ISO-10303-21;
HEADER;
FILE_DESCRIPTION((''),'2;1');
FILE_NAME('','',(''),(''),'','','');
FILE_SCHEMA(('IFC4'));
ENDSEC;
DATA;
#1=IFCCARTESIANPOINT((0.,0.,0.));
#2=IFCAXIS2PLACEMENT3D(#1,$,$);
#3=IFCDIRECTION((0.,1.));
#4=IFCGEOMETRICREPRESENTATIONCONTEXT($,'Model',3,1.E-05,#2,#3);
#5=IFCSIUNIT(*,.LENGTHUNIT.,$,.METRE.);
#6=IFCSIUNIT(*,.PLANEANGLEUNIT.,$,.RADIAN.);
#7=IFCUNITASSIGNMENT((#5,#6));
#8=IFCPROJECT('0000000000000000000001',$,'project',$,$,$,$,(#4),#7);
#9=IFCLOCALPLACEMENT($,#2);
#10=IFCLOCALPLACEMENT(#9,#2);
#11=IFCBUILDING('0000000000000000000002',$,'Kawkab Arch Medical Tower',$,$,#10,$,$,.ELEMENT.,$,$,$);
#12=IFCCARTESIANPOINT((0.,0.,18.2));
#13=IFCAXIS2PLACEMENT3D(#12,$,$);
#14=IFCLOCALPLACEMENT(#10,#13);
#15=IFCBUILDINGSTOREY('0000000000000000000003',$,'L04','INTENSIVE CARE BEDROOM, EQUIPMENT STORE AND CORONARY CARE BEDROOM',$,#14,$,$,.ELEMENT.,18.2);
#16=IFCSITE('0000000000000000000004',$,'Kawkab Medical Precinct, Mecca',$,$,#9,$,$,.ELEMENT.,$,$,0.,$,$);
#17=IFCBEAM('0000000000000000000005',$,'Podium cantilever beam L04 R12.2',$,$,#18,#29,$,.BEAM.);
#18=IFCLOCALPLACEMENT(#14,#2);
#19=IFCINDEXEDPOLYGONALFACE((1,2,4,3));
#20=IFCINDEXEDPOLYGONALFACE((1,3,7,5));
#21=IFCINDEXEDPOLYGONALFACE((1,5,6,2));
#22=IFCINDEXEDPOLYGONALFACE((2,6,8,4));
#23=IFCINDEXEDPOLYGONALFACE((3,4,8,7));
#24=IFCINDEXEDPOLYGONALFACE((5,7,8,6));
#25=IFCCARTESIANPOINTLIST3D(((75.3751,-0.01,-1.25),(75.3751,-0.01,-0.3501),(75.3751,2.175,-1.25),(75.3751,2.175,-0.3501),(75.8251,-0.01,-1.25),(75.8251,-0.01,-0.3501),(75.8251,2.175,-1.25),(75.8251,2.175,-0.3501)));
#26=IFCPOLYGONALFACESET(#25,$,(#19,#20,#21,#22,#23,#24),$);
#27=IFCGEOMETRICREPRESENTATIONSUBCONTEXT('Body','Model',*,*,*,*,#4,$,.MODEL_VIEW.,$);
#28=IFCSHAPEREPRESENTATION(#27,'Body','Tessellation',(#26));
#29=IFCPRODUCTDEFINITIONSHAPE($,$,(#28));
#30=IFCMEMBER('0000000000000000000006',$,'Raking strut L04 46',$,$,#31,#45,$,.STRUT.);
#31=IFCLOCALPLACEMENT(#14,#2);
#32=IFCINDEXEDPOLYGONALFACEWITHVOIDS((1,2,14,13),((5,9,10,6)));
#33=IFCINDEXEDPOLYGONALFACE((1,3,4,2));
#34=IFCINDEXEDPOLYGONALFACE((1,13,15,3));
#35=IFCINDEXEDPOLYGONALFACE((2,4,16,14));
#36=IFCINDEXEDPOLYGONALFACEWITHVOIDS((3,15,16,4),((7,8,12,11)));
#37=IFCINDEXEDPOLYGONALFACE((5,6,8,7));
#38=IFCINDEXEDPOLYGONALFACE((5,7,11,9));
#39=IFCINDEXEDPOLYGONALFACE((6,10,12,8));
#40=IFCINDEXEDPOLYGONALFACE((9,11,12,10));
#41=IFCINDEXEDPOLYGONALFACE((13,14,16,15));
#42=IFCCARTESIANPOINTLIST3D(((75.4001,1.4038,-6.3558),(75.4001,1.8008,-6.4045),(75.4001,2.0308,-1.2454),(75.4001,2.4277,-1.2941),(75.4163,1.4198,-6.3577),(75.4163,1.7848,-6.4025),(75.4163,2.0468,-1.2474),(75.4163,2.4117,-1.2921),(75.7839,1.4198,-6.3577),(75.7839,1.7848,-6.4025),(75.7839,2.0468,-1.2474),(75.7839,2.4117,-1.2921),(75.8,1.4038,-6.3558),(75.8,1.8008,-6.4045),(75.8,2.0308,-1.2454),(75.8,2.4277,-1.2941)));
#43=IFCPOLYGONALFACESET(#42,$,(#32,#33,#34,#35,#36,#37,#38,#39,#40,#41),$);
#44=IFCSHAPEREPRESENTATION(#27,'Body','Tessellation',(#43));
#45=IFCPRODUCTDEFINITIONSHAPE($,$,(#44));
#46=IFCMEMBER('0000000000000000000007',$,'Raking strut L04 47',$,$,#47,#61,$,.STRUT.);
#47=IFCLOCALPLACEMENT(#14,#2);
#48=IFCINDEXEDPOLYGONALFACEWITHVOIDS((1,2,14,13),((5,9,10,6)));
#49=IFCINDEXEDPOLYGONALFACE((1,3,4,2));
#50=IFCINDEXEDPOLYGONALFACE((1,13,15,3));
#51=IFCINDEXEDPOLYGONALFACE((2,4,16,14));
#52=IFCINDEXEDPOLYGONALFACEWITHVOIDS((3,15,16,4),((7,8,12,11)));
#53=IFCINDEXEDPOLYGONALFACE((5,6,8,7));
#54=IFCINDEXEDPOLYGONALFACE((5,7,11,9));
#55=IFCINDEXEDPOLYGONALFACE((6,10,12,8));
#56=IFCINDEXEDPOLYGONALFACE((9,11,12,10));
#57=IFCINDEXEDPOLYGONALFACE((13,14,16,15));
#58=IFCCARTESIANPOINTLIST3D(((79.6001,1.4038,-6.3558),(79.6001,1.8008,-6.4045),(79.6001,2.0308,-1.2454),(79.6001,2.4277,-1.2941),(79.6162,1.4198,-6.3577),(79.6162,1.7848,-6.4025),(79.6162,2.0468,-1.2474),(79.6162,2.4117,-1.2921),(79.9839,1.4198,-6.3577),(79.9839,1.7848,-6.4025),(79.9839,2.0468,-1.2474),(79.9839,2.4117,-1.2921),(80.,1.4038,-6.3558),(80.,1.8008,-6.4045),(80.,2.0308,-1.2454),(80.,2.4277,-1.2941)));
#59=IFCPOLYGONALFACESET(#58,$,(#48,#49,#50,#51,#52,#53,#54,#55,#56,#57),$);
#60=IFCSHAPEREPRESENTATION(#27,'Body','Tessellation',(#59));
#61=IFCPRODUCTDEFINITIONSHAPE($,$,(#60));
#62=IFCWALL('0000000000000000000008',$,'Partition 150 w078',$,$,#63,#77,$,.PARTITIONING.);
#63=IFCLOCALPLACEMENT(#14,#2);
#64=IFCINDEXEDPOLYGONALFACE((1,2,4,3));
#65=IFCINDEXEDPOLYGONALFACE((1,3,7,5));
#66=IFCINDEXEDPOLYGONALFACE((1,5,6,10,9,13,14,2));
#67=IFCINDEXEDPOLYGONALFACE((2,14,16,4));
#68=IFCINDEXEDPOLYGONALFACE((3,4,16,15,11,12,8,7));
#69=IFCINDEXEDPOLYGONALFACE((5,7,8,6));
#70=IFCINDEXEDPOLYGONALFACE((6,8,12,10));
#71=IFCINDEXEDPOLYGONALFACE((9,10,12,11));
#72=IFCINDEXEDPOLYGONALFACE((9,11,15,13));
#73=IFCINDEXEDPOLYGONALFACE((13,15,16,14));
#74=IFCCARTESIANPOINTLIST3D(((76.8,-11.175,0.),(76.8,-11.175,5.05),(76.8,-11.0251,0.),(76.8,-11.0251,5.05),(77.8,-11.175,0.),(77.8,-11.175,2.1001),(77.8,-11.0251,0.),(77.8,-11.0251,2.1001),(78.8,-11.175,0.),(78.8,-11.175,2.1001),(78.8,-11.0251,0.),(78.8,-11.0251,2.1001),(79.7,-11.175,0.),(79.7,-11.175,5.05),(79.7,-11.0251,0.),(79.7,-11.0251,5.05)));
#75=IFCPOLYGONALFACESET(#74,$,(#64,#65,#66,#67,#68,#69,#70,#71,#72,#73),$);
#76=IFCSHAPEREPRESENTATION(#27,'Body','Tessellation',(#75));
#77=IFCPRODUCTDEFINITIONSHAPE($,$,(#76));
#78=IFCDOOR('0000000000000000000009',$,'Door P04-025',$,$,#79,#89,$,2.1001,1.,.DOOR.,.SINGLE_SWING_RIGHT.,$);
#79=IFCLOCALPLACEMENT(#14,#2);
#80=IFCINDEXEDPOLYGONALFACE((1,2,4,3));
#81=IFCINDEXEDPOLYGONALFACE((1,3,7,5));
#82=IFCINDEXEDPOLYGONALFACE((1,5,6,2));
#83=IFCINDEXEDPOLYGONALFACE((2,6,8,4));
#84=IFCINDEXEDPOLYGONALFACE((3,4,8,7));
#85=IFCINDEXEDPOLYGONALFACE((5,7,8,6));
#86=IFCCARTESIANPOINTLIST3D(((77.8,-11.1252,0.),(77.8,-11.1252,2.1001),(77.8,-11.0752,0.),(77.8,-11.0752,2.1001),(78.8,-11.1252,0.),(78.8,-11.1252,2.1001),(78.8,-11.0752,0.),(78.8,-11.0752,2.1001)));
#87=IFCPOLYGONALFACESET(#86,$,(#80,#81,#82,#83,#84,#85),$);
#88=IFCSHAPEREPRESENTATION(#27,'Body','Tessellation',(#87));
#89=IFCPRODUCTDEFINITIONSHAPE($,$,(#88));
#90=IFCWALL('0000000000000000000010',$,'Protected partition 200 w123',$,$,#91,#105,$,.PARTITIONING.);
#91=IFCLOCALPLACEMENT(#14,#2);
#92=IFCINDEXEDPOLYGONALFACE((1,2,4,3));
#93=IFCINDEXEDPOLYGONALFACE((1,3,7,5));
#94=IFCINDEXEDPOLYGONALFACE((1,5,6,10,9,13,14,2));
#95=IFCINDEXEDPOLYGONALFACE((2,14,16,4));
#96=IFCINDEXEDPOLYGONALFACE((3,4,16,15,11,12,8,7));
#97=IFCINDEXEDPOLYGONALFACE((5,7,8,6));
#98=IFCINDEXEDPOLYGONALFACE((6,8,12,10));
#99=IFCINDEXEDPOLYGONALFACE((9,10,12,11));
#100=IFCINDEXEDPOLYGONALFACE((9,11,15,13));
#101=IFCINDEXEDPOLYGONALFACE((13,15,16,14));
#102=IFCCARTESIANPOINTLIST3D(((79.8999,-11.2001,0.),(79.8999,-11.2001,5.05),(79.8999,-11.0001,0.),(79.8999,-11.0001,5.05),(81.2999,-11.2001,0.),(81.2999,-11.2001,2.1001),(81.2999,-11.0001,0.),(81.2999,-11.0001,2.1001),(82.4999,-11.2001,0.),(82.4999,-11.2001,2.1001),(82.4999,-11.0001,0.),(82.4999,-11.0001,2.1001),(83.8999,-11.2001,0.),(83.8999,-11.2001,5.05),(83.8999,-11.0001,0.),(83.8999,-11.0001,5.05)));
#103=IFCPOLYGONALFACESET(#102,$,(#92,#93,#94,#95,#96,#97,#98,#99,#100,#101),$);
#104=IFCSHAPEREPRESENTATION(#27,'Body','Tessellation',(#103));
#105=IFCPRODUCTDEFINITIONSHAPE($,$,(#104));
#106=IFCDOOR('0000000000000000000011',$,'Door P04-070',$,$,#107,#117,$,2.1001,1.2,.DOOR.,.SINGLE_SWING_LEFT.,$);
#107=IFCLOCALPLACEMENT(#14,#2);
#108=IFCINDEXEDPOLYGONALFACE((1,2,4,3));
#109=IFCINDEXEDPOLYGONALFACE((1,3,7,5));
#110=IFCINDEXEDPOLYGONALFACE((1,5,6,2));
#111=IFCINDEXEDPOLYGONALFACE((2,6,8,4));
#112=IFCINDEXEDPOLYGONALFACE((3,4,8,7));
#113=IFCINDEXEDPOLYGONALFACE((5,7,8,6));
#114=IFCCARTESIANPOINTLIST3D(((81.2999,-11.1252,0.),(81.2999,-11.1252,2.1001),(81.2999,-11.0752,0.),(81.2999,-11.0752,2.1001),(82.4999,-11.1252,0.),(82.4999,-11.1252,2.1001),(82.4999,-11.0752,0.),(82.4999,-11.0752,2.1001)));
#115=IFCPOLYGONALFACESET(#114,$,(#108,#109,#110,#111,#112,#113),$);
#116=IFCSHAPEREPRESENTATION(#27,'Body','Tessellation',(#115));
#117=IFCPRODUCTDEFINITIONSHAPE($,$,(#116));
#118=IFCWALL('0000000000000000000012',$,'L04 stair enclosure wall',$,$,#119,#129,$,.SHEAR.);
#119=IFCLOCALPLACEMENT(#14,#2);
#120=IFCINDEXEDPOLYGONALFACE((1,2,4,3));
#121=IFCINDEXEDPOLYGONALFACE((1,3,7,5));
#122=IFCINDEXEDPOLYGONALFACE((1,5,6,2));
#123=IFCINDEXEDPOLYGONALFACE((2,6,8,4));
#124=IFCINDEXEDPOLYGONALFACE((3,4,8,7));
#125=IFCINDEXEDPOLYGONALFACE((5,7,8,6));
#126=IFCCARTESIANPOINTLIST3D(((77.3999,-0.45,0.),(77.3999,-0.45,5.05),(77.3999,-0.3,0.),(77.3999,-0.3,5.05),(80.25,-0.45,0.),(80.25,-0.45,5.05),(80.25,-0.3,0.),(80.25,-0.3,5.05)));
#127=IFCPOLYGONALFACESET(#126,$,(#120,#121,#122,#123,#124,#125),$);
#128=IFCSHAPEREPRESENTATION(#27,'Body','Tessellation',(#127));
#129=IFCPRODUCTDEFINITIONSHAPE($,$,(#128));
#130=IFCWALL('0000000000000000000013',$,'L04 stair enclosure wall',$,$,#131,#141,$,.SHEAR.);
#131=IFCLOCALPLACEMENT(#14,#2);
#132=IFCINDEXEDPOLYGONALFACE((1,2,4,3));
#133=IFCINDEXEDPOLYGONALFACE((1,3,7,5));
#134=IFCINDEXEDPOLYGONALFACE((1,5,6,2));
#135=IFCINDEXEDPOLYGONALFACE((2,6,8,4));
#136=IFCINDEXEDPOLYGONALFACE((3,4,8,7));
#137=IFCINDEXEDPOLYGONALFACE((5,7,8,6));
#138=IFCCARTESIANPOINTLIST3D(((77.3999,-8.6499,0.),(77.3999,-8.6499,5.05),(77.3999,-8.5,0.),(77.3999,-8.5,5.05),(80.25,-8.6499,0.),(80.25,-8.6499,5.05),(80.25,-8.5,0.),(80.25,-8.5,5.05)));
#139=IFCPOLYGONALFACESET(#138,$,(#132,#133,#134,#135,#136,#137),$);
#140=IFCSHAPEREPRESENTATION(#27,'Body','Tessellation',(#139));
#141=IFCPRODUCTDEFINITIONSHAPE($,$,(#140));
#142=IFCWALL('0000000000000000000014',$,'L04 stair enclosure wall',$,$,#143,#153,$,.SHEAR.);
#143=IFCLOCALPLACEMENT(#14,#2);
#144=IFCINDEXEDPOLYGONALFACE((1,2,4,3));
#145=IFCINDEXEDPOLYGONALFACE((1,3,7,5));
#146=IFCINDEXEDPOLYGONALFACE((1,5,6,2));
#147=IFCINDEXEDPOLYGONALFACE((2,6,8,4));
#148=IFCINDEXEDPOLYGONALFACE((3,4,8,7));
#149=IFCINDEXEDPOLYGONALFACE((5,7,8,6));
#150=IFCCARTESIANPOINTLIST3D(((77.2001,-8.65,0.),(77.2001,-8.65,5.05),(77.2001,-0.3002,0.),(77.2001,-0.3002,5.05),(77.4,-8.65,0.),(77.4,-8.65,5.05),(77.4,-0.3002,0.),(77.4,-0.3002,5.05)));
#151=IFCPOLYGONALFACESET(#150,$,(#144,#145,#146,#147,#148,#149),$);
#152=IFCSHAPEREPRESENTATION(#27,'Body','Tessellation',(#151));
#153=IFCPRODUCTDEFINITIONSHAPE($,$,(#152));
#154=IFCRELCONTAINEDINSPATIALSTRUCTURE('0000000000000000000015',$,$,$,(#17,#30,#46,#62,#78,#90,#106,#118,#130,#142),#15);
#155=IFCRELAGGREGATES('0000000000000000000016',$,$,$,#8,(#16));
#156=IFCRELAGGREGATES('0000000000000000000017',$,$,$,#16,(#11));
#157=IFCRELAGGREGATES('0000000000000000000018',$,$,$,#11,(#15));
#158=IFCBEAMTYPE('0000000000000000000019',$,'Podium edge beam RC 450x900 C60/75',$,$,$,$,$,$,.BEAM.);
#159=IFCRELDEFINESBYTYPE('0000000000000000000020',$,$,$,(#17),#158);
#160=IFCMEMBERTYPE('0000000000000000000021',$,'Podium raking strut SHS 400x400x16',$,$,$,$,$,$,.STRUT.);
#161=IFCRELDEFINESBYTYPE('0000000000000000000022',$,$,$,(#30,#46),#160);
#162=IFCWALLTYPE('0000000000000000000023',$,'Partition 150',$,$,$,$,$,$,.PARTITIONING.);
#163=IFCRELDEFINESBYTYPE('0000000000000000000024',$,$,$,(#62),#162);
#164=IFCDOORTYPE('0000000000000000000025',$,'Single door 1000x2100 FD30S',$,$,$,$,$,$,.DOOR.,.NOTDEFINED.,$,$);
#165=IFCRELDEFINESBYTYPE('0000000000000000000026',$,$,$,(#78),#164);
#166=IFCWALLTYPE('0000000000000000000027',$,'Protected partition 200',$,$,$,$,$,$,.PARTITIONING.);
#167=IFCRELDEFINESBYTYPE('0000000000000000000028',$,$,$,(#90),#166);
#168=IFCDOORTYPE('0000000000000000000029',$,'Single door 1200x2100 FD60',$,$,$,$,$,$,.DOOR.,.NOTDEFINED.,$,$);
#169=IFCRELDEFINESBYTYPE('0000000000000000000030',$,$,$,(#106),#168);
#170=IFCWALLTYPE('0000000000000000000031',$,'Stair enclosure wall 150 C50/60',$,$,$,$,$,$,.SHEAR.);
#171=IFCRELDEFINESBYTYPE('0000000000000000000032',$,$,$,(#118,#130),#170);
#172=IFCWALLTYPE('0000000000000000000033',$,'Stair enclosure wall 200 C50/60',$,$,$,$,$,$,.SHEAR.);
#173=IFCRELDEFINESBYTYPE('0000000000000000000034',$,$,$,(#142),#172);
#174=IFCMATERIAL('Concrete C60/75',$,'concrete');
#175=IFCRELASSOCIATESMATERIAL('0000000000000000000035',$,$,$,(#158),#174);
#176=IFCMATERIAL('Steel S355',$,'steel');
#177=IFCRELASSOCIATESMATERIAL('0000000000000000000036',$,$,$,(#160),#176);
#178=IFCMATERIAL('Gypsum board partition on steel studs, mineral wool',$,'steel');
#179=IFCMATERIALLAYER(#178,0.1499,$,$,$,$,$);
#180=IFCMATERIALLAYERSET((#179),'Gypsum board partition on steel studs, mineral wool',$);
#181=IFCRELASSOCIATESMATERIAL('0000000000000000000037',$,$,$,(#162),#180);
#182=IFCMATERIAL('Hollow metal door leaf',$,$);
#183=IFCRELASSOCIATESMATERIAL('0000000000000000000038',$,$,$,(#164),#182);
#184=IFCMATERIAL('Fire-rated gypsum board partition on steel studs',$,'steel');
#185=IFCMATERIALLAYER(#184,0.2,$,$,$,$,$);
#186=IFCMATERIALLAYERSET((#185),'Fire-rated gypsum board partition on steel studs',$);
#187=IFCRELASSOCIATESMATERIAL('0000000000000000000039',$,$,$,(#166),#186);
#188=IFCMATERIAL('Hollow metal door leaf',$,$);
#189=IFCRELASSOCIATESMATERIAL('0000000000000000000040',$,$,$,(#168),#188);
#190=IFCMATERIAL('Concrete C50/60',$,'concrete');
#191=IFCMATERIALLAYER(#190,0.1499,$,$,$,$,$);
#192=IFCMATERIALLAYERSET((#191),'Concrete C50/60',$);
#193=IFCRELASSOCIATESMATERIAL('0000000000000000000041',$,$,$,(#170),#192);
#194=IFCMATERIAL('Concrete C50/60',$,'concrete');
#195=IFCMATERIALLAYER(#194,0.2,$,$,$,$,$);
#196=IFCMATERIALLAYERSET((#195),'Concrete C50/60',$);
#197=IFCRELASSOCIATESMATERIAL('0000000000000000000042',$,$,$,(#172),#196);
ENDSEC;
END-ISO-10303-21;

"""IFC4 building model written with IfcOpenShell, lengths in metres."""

from ifc_helpers import new_model, si_unit, direction, frame, frame_2d, origin, origin_2d, place, context, subcontext, project, spatial, rectangle, hollow_rectangle, extrude, material, layer, layer_set, material_profile, profile_set, type_object, element, fill, save


model = new_model("IFC4")

# Units and contexts
model_context = context("Model", 3, precision=1e-05, world=origin(), true_north=direction((0.0, 1.0)))
body_context = subcontext(model_context, "Body", "Model", "MODEL_VIEW")
ifc_project = project(units=[si_unit("LENGTHUNIT", "METRE"), si_unit("PLANEANGLEUNIT", "RADIAN")], contexts=[model_context])

# Site, building, storey
site_placement = place(None, origin())
site = spatial("IfcSite", under=ifc_project, at=site_placement, Name="Kawkab Medical Precinct, Mecca", CompositionType="ELEMENT", RefElevation=0.0)
building_placement = place(site_placement, origin())
building = spatial("IfcBuilding", under=site, at=building_placement, Name="Kawkab Arch Medical Tower", CompositionType="ELEMENT")
storey_placement = place(building_placement, frame((0.0, 0.0, 18.2)))
storey = spatial("IfcBuildingStorey", under=building, at=storey_placement, Name="L04", Description="INTENSIVE CARE BEDROOM, EQUIPMENT STORE AND CORONARY CARE BEDROOM", CompositionType="ELEMENT", Elevation=18.2)

# Beam
ifc_material_1 = material(Name="Concrete C60/75", Category="concrete")
ifc_material_profile_1 = material_profile(ifc_material_1, rectangle(XDim=0.45, YDim=0.8999, at=origin_2d()), Name="RC 450x900")
ifc_profile_set_1 = profile_set([ifc_material_profile_1], Name="Concrete C60/75")
beam_type = type_object("IfcBeamType", Name="Podium edge beam RC 450x900 C60/75", PredefinedType="BEAM", material=ifc_profile_set_1)
beam_placement = place(storey_placement, frame((75.6001, -0.01, -0.8), z_axis=(0.0, 1.0, 0.0), x_axis=(-1.0, 0.0, 0.0)))
element("IfcBeam", 1, at=beam_placement, inside=storey, type_object=beam_type, Name="Podium cantilever beam L04 R12.2", PredefinedType="BEAM", context=body_context, shape_type="SweptSolid", body=[
    extrude(rectangle(XDim=0.45, YDim=0.8999, at=origin_2d()), origin(), (0.0, 0.0, 1.0), 2.1851),
])

# Members
ifc_material_2 = material(Name="Steel S355", Category="steel")
ifc_material_profile_2 = material_profile(ifc_material_2, hollow_rectangle(XDim=0.3999, YDim=0.3999, WallThickness=0.0161, at=origin_2d()), Name="SHS 400x400x16")
ifc_profile_set_2 = profile_set([ifc_material_profile_2], Name="Steel S355")
member_type = type_object("IfcMemberType", Name="Podium raking strut SHS 400x400x16", PredefinedType="STRUT", material=ifc_profile_set_2)
for number, where, z_axis, x_axis, name in (
    (2, (75.6001, 1.6023, -6.3801), (0.0, 0.12177, 0.992558), (-1.0, 0.0, 0.0), "Raking strut L04 46"),
    (3, (79.8, 1.6023, -6.3801), (0.0, 0.12177, 0.992558), (-1.0, 0.0, 0.0), "Raking strut L04 47"),
):
    element("IfcMember", number, at=place(storey_placement, frame(where, z_axis=z_axis, x_axis=x_axis)), inside=storey, type_object=member_type, Name=name, PredefinedType="STRUT", context=body_context, shape_type="SweptSolid", body=[
        extrude(hollow_rectangle(XDim=0.3999, YDim=0.3999, WallThickness=0.0161, at=origin_2d()), origin(), (0.0, 0.0, 1.0), 5.1487),
    ])

# Walls, openings, doors
ifc_material_3 = material(Name="Gypsum board partition on steel studs, mineral wool", Category="steel")
ifc_layer_1 = layer(ifc_material_3, 0.1499)
ifc_layer_set_1 = layer_set([ifc_layer_1], Name="Gypsum board partition on steel studs, mineral wool")
wall_type_1 = type_object("IfcWallType", Name="Partition 150", PredefinedType="PARTITIONING", material=ifc_layer_set_1)
wall_1_placement = place(storey_placement, frame((76.8, -11.1001, 0.0), z_axis=(0.0, 0.0, 1.0), x_axis=(1.0, 0.0, 0.0)))
wall_1 = element("IfcWall", 4, at=wall_1_placement, inside=storey, type_object=wall_type_1, Name="Partition 150 w078", PredefinedType="PARTITIONING", context=body_context, shape_type="SweptSolid", body=[
    extrude(rectangle(XDim=2.8999, YDim=0.1499, at=frame_2d((1.45, 0.0))), origin(), (0.0, 0.0, 1.0), 5.05),
])
opening_1_placement = place(wall_1_placement, frame((1.0, 0.0, 0.0)))
opening_1 = element("IfcOpeningElement", 5, at=opening_1_placement, cuts=wall_1, PredefinedType="OPENING", context=body_context, shape_type="SweptSolid", body=[
    extrude(rectangle(XDim=1.0, YDim=2.1001, at=frame_2d((0.5, 1.05))), frame((0.0, 0.085, 0.0), z_axis=(0.0, -1.0, 0.0), x_axis=(1.0, 0.0, 0.0)), (0.0, 0.0, 1.0), 0.1699),
])
ifc_material_4 = material(Name="Hollow metal door leaf")
door_type_1 = type_object("IfcDoorType", Name="Single door 1000x2100 FD30S", OperationType="NOTDEFINED", PredefinedType="DOOR", material=ifc_material_4)
door_1_placement = place(opening_1_placement, origin())
door_1 = element("IfcDoor", 6, at=door_1_placement, inside=storey, type_object=door_type_1, Name="Door P04-025", OperationType="SINGLE_SWING_RIGHT", OverallHeight=2.1001, OverallWidth=1.0, PredefinedType="DOOR", context=body_context, shape_type="SweptSolid", body=[
    extrude(rectangle(XDim=1.0, YDim=2.1001, at=frame_2d((0.5, 1.05))), frame((0.0, 0.0249, 0.0), z_axis=(0.0, -1.0, 0.0), x_axis=(1.0, 0.0, 0.0)), (0.0, 0.0, 1.0), 0.05),
])
fill(opening_1, door_1)
ifc_material_5 = material(Name="Fire-rated gypsum board partition on steel studs", Category="steel")
ifc_layer_2 = layer(ifc_material_5, 0.2)
ifc_layer_set_2 = layer_set([ifc_layer_2], Name="Fire-rated gypsum board partition on steel studs")
wall_type_2 = type_object("IfcWallType", Name="Protected partition 200", PredefinedType="PARTITIONING", material=ifc_layer_set_2)
wall_2_placement = place(storey_placement, frame((79.8999, -11.1001, 0.0), z_axis=(0.0, 0.0, 1.0), x_axis=(1.0, 0.0, 0.0)))
wall_2 = element("IfcWall", 7, at=wall_2_placement, inside=storey, type_object=wall_type_2, Name="Protected partition 200 w123", PredefinedType="PARTITIONING", context=body_context, shape_type="SweptSolid", body=[
    extrude(rectangle(XDim=4.0, YDim=0.2, at=frame_2d((2.0, 0.0))), origin(), (0.0, 0.0, 1.0), 5.05),
])
opening_2_placement = place(wall_2_placement, frame((1.3999, 0.0, 0.0)))
opening_2 = element("IfcOpeningElement", 8, at=opening_2_placement, cuts=wall_2, PredefinedType="OPENING", context=body_context, shape_type="SweptSolid", body=[
    extrude(rectangle(XDim=1.2, YDim=2.1001, at=frame_2d((0.6001, 1.05))), frame((0.0, 0.1099, 0.0), z_axis=(0.0, -1.0, 0.0), x_axis=(1.0, 0.0, 0.0)), (0.0, 0.0, 1.0), 0.22),
])
ifc_material_6 = material(Name="Hollow metal door leaf")
door_type_2 = type_object("IfcDoorType", Name="Single door 1200x2100 FD60", OperationType="NOTDEFINED", PredefinedType="DOOR", material=ifc_material_6)
door_2_placement = place(opening_2_placement, origin())
door_2 = element("IfcDoor", 9, at=door_2_placement, inside=storey, type_object=door_type_2, Name="Door P04-070", OperationType="SINGLE_SWING_LEFT", OverallHeight=2.1001, OverallWidth=1.2, PredefinedType="DOOR", context=body_context, shape_type="SweptSolid", body=[
    extrude(rectangle(XDim=1.2, YDim=2.1001, at=frame_2d((0.6001, 1.05))), frame((0.0, 0.0249, 0.0), z_axis=(0.0, -1.0, 0.0), x_axis=(1.0, 0.0, 0.0)), (0.0, 0.0, 1.0), 0.05),
])
fill(opening_2, door_2)

# Walls
ifc_material_7 = material(Name="Concrete C50/60", Category="concrete")
ifc_layer_3 = layer(ifc_material_7, 0.1499)
ifc_layer_set_3 = layer_set([ifc_layer_3], Name="Concrete C50/60")
wall_type_3 = type_object("IfcWallType", Name="Stair enclosure wall 150 C50/60", PredefinedType="SHEAR", material=ifc_layer_set_3)
for number, where, z_axis, x_axis, name in (
    (10, (77.3999, -0.375, 0.0), (0.0, 0.0, 1.0), (1.0, 0.0, 0.0), "L04 stair enclosure wall"),
    (11, (77.3999, -8.575, 0.0), (0.0, 0.0, 1.0), (1.0, 0.0, 0.0), "L04 stair enclosure wall"),
):
    element("IfcWall", number, at=place(storey_placement, frame(where, z_axis=z_axis, x_axis=x_axis)), inside=storey, type_object=wall_type_3, Name=name, PredefinedType="SHEAR", context=body_context, shape_type="SweptSolid", body=[
        extrude(rectangle(XDim=2.8501, YDim=0.1499, at=frame_2d((1.425, 0.0))), origin(), (0.0, 0.0, 1.0), 5.05),
    ])
ifc_material_8 = material(Name="Concrete C50/60", Category="concrete")
ifc_layer_4 = layer(ifc_material_8, 0.2)
ifc_layer_set_4 = layer_set([ifc_layer_4], Name="Concrete C50/60")
wall_type_4 = type_object("IfcWallType", Name="Stair enclosure wall 200 C50/60", PredefinedType="SHEAR", material=ifc_layer_set_4)
wall_3_placement = place(storey_placement, frame((77.3, -8.6499, 0.0), z_axis=(0.0, 0.0, 1.0), x_axis=(0.0, 1.0, 0.0)))
element("IfcWall", 12, at=wall_3_placement, inside=storey, type_object=wall_type_4, Name="L04 stair enclosure wall", PredefinedType="SHEAR", context=body_context, shape_type="SweptSolid", body=[
    extrude(rectangle(XDim=8.3499, YDim=0.2, at=frame_2d((4.1748, 0.0))), origin(), (0.0, 0.0, 1.0), 5.05),
])

save(model, "model.ifc")
